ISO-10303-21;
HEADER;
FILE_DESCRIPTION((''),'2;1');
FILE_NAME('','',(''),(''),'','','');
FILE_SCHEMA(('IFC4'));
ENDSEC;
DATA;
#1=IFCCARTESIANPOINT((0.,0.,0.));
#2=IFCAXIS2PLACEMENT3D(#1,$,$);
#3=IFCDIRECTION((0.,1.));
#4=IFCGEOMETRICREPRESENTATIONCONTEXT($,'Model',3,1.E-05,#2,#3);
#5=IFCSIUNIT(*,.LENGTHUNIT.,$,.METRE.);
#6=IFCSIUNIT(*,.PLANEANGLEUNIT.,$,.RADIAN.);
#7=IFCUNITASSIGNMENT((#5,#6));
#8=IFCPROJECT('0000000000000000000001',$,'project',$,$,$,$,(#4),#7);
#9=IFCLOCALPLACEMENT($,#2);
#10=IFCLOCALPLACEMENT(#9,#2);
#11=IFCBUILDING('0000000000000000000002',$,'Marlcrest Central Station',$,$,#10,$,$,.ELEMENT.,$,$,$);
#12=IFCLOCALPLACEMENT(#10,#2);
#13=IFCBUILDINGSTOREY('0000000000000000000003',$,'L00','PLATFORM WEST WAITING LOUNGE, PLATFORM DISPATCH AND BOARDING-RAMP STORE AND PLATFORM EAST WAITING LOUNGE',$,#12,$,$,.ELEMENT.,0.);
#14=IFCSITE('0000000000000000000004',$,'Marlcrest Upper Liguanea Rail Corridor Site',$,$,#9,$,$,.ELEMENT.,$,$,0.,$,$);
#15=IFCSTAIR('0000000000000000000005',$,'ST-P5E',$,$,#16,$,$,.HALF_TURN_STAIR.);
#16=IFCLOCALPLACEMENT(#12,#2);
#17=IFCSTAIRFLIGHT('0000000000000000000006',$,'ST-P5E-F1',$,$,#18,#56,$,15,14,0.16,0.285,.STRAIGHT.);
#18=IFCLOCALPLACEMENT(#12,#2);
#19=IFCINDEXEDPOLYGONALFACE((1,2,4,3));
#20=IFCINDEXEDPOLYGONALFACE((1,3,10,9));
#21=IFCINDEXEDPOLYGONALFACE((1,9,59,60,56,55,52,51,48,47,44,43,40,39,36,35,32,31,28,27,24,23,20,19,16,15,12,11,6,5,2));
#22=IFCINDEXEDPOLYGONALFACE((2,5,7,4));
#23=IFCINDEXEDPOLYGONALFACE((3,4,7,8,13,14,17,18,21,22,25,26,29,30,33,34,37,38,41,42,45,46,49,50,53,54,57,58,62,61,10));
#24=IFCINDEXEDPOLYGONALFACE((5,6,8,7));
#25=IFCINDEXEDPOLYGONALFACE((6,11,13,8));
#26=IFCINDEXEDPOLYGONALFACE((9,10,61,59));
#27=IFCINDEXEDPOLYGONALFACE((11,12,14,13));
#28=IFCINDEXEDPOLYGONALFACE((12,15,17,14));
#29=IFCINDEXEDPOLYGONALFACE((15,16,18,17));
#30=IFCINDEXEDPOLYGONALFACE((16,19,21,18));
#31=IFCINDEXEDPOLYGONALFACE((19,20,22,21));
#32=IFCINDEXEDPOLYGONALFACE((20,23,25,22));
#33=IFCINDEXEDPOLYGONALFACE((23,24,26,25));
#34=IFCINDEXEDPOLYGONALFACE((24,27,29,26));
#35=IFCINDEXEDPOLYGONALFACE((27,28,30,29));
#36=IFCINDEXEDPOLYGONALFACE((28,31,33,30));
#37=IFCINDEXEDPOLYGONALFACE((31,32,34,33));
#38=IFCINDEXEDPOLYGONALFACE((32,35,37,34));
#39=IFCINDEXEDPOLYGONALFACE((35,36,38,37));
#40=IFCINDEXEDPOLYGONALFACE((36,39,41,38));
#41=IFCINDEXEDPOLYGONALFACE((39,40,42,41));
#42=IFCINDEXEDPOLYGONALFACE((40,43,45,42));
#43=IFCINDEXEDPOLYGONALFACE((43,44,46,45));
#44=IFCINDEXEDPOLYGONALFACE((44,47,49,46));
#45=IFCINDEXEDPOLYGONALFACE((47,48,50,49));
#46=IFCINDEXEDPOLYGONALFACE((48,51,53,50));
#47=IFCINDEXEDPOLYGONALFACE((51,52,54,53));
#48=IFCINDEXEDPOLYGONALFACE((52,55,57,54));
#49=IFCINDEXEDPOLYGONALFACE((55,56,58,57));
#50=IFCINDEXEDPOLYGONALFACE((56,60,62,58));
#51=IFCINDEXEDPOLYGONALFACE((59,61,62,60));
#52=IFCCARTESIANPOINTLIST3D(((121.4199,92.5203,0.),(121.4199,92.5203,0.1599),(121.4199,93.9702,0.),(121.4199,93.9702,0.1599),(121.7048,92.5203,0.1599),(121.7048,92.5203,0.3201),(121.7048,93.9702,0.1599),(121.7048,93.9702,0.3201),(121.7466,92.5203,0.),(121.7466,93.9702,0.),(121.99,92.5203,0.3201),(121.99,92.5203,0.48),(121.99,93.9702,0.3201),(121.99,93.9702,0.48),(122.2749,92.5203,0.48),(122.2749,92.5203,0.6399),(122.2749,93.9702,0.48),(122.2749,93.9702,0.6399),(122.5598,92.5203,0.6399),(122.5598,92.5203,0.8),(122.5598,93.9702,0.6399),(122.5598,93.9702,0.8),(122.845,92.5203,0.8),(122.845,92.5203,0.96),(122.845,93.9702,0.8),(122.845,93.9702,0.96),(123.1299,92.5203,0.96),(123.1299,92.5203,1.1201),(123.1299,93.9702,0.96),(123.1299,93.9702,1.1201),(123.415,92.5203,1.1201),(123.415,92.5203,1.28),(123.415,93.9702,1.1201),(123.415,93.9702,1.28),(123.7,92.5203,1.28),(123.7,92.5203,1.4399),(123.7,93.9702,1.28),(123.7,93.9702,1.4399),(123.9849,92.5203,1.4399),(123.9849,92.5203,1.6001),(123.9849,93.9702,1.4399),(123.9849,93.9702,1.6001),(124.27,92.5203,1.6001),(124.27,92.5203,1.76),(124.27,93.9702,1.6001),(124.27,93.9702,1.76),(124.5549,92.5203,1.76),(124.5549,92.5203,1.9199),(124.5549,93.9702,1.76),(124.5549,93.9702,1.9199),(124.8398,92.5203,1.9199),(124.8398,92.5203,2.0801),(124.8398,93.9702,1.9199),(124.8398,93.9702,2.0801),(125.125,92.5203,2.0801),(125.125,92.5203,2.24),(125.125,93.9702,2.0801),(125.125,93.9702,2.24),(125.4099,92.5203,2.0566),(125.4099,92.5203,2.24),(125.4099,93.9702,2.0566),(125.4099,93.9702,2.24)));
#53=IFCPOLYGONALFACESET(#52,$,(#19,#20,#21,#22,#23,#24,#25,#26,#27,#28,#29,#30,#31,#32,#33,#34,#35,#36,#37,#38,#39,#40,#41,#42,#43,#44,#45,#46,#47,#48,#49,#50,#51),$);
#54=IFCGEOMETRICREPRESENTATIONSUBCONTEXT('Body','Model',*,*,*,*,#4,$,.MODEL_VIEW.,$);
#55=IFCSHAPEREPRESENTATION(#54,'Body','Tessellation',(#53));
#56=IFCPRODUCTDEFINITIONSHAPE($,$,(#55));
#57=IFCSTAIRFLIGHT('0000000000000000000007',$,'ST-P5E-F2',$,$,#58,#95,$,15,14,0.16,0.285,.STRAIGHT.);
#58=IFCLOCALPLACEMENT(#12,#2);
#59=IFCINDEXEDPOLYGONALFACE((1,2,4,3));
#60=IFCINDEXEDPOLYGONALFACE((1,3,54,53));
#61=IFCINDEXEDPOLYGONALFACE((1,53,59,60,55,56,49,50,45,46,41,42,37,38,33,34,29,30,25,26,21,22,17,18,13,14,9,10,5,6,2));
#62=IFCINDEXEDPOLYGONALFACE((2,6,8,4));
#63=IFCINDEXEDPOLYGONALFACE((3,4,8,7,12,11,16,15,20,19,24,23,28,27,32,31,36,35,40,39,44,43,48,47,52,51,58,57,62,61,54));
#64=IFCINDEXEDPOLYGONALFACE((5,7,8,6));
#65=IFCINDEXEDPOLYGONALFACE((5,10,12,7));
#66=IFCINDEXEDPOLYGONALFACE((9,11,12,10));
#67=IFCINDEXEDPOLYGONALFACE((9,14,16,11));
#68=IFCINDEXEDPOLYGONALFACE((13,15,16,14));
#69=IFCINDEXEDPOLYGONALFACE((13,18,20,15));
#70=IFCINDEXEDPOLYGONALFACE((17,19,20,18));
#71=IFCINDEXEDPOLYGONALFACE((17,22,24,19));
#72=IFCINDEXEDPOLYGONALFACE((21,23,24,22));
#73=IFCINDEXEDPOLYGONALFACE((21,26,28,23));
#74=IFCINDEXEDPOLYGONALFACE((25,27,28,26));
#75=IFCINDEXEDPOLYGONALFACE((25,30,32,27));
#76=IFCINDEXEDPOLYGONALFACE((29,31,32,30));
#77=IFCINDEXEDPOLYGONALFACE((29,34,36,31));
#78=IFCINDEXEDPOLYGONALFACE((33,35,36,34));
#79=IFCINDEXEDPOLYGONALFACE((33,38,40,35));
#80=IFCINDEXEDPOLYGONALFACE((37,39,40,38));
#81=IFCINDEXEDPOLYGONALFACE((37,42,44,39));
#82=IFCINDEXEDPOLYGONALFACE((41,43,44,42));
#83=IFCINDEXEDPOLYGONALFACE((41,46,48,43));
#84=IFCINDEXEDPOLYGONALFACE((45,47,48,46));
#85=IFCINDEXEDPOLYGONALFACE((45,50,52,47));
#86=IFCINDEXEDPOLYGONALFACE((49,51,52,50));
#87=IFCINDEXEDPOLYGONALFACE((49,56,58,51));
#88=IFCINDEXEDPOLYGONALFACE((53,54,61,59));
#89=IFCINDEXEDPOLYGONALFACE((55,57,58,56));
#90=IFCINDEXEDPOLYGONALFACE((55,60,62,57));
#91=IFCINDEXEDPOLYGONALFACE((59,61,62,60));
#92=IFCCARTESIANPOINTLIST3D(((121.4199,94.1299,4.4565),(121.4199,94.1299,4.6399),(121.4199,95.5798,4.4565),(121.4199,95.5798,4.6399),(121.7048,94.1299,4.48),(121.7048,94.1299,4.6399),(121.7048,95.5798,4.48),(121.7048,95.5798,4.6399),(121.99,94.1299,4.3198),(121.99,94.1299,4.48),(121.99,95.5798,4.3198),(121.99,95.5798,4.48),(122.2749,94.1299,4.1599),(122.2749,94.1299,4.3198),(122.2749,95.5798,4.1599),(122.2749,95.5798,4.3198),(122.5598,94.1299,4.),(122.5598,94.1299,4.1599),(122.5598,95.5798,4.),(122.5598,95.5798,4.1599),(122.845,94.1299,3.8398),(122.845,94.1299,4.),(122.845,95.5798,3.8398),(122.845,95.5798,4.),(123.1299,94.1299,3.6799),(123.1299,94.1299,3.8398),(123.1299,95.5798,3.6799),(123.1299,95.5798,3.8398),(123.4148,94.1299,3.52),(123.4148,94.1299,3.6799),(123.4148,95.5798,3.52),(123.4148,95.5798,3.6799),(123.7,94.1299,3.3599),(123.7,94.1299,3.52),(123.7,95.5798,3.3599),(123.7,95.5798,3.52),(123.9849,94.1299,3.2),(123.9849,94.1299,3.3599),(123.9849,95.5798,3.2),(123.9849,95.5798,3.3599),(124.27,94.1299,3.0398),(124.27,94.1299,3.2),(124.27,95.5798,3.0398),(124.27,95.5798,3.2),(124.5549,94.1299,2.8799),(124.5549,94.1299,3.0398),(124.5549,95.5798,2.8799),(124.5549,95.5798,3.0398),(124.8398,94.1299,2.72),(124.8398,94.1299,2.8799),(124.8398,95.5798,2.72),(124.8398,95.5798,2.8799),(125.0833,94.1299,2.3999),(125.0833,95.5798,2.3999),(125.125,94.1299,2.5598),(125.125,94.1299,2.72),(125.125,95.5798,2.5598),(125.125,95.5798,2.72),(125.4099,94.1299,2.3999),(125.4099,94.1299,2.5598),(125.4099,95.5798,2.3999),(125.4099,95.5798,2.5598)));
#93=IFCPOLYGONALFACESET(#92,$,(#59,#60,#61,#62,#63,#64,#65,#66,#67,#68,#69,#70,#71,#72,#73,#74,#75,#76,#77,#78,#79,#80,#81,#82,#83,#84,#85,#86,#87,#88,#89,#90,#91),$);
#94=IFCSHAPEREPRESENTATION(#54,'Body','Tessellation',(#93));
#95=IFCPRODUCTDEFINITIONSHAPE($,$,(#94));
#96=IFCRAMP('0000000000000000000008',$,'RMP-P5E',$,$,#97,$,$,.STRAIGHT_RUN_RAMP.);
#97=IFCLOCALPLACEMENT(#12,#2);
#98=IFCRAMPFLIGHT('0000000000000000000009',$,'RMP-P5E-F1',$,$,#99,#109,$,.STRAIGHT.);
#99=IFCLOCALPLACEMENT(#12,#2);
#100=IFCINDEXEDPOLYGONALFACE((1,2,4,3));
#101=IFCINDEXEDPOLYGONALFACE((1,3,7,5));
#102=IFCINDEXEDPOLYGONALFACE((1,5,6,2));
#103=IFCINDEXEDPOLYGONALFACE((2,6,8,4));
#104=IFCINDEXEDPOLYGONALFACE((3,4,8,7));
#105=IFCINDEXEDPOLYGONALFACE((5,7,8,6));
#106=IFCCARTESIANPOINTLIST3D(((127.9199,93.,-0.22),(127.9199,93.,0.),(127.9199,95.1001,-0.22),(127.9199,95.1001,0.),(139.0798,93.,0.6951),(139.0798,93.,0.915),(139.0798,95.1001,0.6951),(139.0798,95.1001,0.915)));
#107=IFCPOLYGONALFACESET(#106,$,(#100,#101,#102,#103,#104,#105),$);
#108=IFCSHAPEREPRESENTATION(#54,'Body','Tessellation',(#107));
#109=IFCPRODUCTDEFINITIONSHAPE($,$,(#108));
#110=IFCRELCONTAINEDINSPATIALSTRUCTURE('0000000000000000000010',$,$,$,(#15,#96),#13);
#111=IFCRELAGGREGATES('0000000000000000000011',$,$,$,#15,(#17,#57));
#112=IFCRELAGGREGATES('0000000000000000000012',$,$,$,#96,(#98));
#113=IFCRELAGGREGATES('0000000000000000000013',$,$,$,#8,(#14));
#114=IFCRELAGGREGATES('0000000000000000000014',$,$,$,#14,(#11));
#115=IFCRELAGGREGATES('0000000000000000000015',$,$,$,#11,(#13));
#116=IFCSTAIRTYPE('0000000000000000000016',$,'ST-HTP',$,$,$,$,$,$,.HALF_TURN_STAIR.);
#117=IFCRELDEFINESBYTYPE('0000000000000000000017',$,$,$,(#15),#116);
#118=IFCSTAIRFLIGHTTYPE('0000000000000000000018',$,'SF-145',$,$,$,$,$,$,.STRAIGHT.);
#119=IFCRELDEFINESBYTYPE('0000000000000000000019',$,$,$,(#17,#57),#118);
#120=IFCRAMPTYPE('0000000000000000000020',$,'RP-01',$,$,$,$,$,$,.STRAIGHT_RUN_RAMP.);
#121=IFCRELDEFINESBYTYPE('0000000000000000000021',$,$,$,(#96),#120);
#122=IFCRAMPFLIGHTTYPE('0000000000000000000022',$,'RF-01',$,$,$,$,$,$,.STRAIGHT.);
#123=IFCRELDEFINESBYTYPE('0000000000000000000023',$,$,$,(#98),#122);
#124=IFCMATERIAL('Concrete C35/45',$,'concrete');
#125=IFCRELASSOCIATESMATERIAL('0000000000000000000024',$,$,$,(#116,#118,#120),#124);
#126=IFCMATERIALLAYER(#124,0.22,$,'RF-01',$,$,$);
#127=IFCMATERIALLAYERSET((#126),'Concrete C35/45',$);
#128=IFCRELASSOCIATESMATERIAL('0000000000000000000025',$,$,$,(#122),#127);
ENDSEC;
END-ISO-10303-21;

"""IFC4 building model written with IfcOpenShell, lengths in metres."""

from ifc_helpers import new_model, si_unit, direction, frame, origin, place, context, subcontext, project, spatial, polyline, outline, extrude, material, layer, layer_set, type_object, element, aggregate, save


model = new_model("IFC4")

# Units and contexts
model_context = context("Model", 3, precision=1e-05, world=origin(), true_north=direction((0.0, 1.0)))
body_context = subcontext(model_context, "Body", "Model", "MODEL_VIEW")
ifc_project = project(units=[si_unit("LENGTHUNIT", "METRE"), si_unit("PLANEANGLEUNIT", "RADIAN")], contexts=[model_context])

# Site, building, storey
site_placement = place(None, origin())
site = spatial("IfcSite", under=ifc_project, at=site_placement, Name="Marlcrest Upper Liguanea Rail Corridor Site", CompositionType="ELEMENT", RefElevation=0.0)
building_placement = place(site_placement, origin())
building = spatial("IfcBuilding", under=site, at=building_placement, Name="Marlcrest Central Station", CompositionType="ELEMENT")
storey_placement = place(building_placement, origin())
storey = spatial("IfcBuildingStorey", under=building, at=storey_placement, Name="L00", Description="PLATFORM WEST WAITING LOUNGE, PLATFORM DISPATCH AND BOARDING-RAMP STORE AND PLATFORM EAST WAITING LOUNGE", CompositionType="ELEMENT", Elevation=0.0)

# Shared definitions
ifc_material_1 = material(Name="Concrete C35/45", Category="concrete")

# Stair, stair flights
stair_type = type_object("IfcStairType", Name="ST-HTP", PredefinedType="HALF_TURN_STAIR", material=ifc_material_1)
stair_placement = place(storey_placement, origin())
stair = element("IfcStair", 1, at=stair_placement, inside=storey, type_object=stair_type, Name="ST-P5E", PredefinedType="HALF_TURN_STAIR")
stair_flight_type = type_object("IfcStairFlightType", Name="SF-145", PredefinedType="STRAIGHT", material=ifc_material_1)
stair_flight_1_placement = place(storey_placement, frame((121.4199, 93.2451, 0.0), z_axis=(0.0, 0.0, 1.0), x_axis=(1.0, 0.0, 0.0)))
stair_flight_1 = element("IfcStairFlight", 2, at=stair_flight_1_placement, type_object=stair_flight_type, Name="ST-P5E-F1", NumberOfRisers=15, NumberOfTreads=14, PredefinedType="STRAIGHT", RiserHeight=0.16, TreadLength=0.285, context=body_context, shape_type="SweptSolid", body=[
    extrude(outline(polyline([(0.0, 0.0), (0.0, 0.1599), (0.2849, 0.1599), (0.2849, 0.3201), (0.5701, 0.3201), (0.5701, 0.48), (0.855, 0.48), (0.855, 0.6399), (1.1399, 0.6399), (1.1399, 0.8), (1.425, 0.8), (1.425, 0.96), (1.71, 0.96), (1.71, 1.1201), (1.9951, 1.1201), (1.9951, 1.28), (2.28, 1.28), (2.28, 1.4399), (2.5649, 1.4399), (2.5649, 1.6001), (2.8501, 1.6001), (2.8501, 1.76), (3.135, 1.76), (3.135, 1.9199), (3.4199, 1.9199), (3.4199, 2.0801), (3.7051, 2.0801), (3.7051, 2.24), (3.99, 2.24), (3.99, 2.3999), (3.99, 2.0566), (0.3267, 0.0), (0.0, 0.0)])), frame((0.0, 0.7251, 0.0), z_axis=(0.0, -1.0, 0.0), x_axis=(1.0, 0.0, 0.0)), (0.0, 0.0, 1.0), 1.45),
])
stair_flight_2_placement = place(storey_placement, frame((125.4099, 94.855, 2.3999), z_axis=(0.0, 0.0, 1.0), x_axis=(-1.0, 0.0, 0.0)))
stair_flight_2 = element("IfcStairFlight", 3, at=stair_flight_2_placement, type_object=stair_flight_type, Name="ST-P5E-F2", NumberOfRisers=15, NumberOfTreads=14, PredefinedType="STRAIGHT", RiserHeight=0.16, TreadLength=0.285, context=body_context, shape_type="SweptSolid", body=[
    extrude(outline(polyline([(0.0, 0.0), (0.0, 0.1599), (0.2849, 0.1599), (0.2849, 0.3201), (0.5701, 0.3201), (0.5701, 0.48), (0.855, 0.48), (0.855, 0.6399), (1.1399, 0.6399), (1.1399, 0.8), (1.425, 0.8), (1.425, 0.96), (1.71, 0.96), (1.71, 1.1201), (1.9951, 1.1201), (1.9951, 1.28), (2.28, 1.28), (2.28, 1.4399), (2.5649, 1.4399), (2.5649, 1.6001), (2.8501, 1.6001), (2.8501, 1.76), (3.135, 1.76), (3.135, 1.9199), (3.4199, 1.9199), (3.4199, 2.0801), (3.7051, 2.0801), (3.7051, 2.24), (3.99, 2.24), (3.99, 2.3999), (3.99, 2.0566), (0.3267, 0.0), (0.0, 0.0)])), frame((0.0, 0.7251, 0.0), z_axis=(0.0, -1.0, 0.0), x_axis=(1.0, 0.0, 0.0)), (0.0, 0.0, 1.0), 1.45),
])
aggregate(stair, [stair_flight_1, stair_flight_2])

# Ramp, ramp flight
ramp_type = type_object("IfcRampType", Name="RP-01", PredefinedType="STRAIGHT_RUN_RAMP", material=ifc_material_1)
ramp_placement = place(storey_placement, origin())
ramp = element("IfcRamp", 4, at=ramp_placement, inside=storey, type_object=ramp_type, Name="RMP-P5E", PredefinedType="STRAIGHT_RUN_RAMP")
ifc_layer = layer(ifc_material_1, 0.22, Name="RF-01")
ifc_layer_set = layer_set([ifc_layer], Name="Concrete C35/45")
ramp_flight_type = type_object("IfcRampFlightType", Name="RF-01", PredefinedType="STRAIGHT", material=ifc_layer_set)
ramp_flight_placement = place(storey_placement, frame((127.9199, 94.05, 0.0), z_axis=(0.0, 0.0, 1.0), x_axis=(1.0, 0.0, 0.0)))
ramp_flight = element("IfcRampFlight", 5, at=ramp_flight_placement, type_object=ramp_flight_type, Name="RMP-P5E-F1", PredefinedType="STRAIGHT", context=body_context, shape_type="SweptSolid", body=[
    extrude(outline(polyline([(0.0, -0.22), (0.0, 0.0), (11.1599, 0.915), (11.1599, 0.6951), (0.0, -0.22)])), frame((0.0, 1.05, 0.0), z_axis=(0.0, -1.0, 0.0), x_axis=(1.0, 0.0, 0.0)), (0.0, 0.0, 1.0), 2.1001),
])
aggregate(ramp, [ramp_flight])

save(model, "model.ifc")
